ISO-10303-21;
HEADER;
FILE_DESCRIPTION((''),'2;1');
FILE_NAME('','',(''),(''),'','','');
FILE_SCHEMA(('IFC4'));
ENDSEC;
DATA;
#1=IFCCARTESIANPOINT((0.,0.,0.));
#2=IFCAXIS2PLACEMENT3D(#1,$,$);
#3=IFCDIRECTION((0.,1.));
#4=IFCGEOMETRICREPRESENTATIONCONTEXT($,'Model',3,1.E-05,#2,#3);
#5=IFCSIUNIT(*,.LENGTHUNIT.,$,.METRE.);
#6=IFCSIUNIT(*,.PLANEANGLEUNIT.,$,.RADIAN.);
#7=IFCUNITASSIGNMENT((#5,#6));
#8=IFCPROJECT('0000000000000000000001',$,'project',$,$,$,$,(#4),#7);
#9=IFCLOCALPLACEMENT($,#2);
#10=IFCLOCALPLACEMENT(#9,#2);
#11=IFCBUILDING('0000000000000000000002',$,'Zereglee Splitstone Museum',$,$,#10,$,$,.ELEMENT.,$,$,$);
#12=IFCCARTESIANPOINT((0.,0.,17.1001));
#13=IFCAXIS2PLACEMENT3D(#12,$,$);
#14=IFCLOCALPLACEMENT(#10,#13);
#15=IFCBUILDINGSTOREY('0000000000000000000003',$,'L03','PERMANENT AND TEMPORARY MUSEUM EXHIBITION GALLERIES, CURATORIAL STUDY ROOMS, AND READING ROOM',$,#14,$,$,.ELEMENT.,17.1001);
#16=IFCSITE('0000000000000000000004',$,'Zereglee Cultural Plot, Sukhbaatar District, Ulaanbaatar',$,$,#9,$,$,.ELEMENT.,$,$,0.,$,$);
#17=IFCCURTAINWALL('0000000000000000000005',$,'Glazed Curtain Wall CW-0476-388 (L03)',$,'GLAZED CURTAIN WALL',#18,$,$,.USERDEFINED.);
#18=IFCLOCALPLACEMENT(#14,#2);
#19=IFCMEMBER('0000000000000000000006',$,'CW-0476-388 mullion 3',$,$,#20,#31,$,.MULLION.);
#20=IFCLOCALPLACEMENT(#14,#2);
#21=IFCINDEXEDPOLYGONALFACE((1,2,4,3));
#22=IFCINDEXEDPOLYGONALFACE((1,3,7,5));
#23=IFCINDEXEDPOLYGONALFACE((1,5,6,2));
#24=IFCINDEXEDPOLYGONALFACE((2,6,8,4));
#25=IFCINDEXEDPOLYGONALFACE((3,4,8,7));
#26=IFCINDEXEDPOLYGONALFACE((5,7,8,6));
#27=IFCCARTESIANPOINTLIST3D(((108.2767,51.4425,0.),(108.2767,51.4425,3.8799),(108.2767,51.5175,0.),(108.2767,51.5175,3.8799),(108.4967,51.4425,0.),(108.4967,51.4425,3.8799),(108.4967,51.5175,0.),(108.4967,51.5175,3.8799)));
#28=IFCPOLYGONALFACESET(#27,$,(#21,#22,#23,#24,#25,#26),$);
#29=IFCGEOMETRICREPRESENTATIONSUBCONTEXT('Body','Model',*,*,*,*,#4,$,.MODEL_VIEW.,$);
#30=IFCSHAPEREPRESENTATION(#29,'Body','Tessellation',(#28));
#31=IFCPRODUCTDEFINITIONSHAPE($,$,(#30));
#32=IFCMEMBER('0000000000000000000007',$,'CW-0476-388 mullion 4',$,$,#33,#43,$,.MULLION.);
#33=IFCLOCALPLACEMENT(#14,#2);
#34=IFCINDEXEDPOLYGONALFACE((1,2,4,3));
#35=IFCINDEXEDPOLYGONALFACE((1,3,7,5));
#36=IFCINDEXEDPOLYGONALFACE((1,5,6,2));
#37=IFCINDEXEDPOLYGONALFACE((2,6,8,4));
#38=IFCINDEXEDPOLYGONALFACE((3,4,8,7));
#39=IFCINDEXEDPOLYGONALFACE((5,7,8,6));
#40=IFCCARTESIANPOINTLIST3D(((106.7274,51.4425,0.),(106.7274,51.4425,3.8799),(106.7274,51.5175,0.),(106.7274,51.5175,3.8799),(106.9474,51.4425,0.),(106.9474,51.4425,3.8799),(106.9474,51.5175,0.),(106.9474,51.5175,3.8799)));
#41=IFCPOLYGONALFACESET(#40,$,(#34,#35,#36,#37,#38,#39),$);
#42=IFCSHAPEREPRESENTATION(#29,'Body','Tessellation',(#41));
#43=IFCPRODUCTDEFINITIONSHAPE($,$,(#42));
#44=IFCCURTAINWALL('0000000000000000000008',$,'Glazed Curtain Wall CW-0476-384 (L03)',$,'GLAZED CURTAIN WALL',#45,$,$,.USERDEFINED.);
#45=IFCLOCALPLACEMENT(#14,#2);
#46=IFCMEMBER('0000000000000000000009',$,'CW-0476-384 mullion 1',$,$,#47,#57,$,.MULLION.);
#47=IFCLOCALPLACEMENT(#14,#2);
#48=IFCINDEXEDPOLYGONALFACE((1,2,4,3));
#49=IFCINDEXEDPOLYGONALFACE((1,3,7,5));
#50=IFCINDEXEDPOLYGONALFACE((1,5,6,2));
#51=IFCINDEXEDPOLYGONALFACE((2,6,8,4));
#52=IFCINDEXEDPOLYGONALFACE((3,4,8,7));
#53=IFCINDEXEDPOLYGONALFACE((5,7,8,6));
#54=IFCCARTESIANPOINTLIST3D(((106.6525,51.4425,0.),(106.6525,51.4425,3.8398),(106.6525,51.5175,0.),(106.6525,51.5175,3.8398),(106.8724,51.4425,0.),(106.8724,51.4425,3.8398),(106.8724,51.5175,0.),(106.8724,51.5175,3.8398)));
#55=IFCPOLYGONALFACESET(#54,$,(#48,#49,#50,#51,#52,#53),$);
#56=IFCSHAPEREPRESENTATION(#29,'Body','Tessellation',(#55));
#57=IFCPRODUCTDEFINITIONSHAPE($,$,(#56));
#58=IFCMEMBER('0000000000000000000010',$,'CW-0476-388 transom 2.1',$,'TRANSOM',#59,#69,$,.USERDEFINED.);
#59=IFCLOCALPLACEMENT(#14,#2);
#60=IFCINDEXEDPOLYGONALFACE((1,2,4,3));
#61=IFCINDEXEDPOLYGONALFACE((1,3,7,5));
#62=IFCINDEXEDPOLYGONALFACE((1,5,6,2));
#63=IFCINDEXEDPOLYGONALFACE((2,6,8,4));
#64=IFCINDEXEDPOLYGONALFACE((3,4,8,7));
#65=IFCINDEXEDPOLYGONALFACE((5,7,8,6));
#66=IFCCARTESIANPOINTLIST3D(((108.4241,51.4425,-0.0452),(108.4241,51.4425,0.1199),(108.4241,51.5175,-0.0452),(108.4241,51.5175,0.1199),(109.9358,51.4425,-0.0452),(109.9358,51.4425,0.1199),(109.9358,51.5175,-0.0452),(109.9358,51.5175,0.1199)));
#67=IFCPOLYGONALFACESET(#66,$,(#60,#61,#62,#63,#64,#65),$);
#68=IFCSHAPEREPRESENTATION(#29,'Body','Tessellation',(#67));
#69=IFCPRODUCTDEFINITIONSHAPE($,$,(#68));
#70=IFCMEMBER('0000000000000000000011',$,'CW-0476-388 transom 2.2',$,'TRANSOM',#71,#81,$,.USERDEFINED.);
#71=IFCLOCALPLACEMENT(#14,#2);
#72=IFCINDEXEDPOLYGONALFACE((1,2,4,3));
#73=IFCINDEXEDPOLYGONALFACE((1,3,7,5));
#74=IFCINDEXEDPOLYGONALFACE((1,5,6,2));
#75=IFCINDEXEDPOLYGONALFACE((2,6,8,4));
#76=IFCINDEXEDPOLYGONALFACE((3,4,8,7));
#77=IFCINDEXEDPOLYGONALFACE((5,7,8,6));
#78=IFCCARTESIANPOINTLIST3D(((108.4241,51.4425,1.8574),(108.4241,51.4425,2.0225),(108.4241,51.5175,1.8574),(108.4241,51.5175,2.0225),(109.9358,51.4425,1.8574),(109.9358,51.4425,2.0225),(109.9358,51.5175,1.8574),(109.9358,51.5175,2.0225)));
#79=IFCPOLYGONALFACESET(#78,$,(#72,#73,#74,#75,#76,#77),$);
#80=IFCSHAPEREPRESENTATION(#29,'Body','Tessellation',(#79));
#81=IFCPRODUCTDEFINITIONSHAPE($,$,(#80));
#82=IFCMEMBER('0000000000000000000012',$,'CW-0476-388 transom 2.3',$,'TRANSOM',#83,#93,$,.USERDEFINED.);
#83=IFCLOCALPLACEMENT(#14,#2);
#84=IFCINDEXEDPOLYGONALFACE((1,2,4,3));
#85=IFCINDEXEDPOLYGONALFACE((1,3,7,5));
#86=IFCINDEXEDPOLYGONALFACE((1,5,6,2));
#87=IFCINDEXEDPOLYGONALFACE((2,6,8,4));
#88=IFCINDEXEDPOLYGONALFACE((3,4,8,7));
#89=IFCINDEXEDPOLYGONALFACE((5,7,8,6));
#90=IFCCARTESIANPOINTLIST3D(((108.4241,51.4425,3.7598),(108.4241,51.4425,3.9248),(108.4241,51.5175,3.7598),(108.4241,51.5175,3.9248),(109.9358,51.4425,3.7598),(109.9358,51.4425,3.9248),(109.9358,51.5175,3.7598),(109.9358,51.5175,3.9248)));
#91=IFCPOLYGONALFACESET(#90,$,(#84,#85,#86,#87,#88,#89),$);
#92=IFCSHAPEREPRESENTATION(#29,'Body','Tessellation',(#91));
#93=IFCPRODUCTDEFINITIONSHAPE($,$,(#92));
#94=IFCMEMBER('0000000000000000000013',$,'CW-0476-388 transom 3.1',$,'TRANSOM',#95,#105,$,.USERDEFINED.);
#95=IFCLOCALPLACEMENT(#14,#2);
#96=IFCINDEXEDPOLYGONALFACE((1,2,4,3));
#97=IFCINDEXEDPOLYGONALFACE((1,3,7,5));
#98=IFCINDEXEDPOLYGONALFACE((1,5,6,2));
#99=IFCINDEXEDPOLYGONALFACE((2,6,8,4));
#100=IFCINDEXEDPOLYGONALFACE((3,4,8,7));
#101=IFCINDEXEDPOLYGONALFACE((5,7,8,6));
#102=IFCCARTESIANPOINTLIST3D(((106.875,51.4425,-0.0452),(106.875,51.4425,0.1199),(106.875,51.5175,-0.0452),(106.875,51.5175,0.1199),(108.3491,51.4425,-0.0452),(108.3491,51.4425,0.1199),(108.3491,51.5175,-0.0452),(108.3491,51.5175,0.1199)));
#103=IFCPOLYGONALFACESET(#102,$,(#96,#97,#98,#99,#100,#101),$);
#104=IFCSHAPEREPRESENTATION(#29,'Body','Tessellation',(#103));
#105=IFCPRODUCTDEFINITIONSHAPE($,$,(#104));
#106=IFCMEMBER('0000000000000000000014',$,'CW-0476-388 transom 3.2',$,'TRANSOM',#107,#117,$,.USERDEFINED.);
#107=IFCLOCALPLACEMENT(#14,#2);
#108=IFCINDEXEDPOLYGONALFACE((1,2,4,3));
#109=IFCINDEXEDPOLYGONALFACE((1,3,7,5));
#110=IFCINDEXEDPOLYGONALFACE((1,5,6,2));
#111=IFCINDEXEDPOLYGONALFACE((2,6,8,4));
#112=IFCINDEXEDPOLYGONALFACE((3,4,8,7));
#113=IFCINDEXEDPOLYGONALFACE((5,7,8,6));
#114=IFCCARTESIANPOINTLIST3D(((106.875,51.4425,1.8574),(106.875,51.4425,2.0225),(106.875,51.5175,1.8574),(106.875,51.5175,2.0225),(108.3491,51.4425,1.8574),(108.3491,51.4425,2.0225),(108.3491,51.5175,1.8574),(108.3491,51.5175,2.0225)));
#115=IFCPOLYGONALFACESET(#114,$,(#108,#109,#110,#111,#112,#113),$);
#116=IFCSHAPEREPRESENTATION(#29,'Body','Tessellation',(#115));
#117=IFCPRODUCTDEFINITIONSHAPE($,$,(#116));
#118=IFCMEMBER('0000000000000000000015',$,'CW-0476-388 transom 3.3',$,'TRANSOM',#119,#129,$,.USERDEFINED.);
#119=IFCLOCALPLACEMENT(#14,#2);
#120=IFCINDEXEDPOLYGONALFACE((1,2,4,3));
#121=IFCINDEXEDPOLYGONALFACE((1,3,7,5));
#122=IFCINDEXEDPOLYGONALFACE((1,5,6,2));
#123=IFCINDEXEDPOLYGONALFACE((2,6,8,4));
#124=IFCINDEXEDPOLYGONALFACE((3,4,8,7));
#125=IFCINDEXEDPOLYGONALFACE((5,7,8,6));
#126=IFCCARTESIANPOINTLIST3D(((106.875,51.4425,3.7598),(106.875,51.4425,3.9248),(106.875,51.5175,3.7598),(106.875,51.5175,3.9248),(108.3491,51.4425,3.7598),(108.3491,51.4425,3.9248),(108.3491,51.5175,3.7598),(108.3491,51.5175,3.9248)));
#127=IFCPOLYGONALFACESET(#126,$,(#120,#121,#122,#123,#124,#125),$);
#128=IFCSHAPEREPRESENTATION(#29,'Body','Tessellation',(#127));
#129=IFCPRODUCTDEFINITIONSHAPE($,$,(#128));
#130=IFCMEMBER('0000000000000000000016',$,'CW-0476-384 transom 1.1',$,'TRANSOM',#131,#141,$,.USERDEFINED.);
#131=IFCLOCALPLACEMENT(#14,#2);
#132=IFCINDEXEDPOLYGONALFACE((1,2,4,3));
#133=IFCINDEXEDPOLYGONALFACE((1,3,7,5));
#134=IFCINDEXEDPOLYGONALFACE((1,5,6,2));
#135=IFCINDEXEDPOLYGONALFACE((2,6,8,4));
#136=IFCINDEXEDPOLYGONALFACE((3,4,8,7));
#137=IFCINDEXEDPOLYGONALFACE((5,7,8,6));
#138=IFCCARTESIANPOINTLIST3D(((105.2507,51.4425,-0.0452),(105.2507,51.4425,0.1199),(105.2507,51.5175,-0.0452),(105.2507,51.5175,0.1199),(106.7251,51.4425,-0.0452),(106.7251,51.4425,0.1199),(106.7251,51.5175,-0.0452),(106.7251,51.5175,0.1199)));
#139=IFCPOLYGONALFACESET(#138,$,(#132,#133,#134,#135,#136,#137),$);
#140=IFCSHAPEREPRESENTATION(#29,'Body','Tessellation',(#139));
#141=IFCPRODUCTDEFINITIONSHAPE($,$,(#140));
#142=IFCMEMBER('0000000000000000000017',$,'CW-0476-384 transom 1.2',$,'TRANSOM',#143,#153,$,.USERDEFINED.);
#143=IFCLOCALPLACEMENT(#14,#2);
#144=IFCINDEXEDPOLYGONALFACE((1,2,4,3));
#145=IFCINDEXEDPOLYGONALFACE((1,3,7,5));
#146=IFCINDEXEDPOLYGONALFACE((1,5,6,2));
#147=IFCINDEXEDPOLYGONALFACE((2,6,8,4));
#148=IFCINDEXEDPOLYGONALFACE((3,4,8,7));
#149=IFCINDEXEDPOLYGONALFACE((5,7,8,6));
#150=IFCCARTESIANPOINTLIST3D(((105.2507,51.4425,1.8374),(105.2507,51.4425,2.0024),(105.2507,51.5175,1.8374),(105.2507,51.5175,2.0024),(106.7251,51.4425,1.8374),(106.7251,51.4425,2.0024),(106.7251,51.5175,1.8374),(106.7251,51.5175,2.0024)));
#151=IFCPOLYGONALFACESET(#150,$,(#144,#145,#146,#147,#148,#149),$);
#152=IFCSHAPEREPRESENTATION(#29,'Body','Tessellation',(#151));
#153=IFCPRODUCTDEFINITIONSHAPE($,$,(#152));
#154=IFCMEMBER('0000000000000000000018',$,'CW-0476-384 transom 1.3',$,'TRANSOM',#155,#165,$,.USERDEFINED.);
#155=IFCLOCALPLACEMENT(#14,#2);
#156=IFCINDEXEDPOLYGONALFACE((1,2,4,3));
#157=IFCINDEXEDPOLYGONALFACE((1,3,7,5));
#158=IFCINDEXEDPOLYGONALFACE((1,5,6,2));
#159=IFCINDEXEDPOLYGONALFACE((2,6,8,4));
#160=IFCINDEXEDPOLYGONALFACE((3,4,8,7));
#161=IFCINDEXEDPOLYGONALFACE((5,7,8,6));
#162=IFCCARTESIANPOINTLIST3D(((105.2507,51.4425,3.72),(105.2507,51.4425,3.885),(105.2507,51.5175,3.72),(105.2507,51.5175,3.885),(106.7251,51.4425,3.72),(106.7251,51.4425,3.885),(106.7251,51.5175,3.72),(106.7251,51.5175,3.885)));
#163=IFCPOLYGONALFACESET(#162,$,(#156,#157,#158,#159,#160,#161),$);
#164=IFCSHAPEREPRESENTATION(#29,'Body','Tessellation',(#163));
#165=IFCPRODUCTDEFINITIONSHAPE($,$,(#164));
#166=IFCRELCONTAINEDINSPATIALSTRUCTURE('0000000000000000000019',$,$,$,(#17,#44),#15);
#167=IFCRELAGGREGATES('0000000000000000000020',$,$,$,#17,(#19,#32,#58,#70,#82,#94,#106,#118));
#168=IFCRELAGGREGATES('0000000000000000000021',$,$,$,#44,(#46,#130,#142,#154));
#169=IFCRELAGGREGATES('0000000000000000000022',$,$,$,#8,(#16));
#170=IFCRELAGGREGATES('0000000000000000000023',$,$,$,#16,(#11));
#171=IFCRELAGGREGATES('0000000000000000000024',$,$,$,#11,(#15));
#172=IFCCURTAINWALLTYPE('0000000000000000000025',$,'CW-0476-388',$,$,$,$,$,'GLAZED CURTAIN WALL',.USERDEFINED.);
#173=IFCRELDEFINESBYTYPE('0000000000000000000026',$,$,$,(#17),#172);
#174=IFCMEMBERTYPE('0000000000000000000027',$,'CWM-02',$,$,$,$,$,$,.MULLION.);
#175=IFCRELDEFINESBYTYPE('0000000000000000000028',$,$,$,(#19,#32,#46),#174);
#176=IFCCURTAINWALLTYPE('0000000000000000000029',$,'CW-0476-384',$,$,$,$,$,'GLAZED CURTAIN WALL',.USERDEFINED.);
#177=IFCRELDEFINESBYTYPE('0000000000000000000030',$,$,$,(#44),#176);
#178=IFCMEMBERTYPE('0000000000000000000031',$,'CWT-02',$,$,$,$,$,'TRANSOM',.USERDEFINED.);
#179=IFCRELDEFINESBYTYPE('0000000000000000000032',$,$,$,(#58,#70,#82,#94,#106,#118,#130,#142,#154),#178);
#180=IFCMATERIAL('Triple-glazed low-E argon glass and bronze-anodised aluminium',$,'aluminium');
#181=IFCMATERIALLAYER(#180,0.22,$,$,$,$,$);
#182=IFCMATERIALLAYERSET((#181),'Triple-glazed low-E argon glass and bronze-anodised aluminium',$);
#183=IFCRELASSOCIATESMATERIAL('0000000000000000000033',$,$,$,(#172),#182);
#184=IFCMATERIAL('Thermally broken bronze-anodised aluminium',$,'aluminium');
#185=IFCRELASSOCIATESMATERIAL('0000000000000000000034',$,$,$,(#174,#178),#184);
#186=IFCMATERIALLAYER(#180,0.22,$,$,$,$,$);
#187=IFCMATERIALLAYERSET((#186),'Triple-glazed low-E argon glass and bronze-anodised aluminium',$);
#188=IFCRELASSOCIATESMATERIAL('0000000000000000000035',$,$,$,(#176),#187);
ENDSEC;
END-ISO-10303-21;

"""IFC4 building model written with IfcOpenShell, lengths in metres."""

from ifc_helpers import new_model, si_unit, direction, frame, origin, origin_2d, place, context, subcontext, project, spatial, rectangle, extrude, material, layer, layer_set, material_profile, profile_set, type_object, element, aggregate, save


model = new_model("IFC4")

# Units and contexts
model_context = context("Model", 3, precision=1e-05, world=origin(), true_north=direction((0.0, 1.0)))
body_context = subcontext(model_context, "Body", "Model", "MODEL_VIEW")
ifc_project = project(units=[si_unit("LENGTHUNIT", "METRE"), si_unit("PLANEANGLEUNIT", "RADIAN")], contexts=[model_context])

# Site, building, storey
site_placement = place(None, origin())
site = spatial("IfcSite", under=ifc_project, at=site_placement, Name="Zereglee Cultural Plot, Sukhbaatar District, Ulaanbaatar", CompositionType="ELEMENT", RefElevation=0.0)
building_placement = place(site_placement, origin())
building = spatial("IfcBuilding", under=site, at=building_placement, Name="Zereglee Splitstone Museum", CompositionType="ELEMENT")
storey_placement = place(building_placement, frame((0.0, 0.0, 17.1001)))
storey = spatial("IfcBuildingStorey", under=building, at=storey_placement, Name="L03", Description="PERMANENT AND TEMPORARY MUSEUM EXHIBITION GALLERIES, CURATORIAL STUDY ROOMS, AND READING ROOM", CompositionType="ELEMENT", Elevation=17.1001)

# Curtain wall, members
ifc_material_1 = material(Name="Triple-glazed low-E argon glass and bronze-anodised aluminium", Category="aluminium")
ifc_layer_1 = layer(ifc_material_1, 0.22)
ifc_layer_set_1 = layer_set([ifc_layer_1], Name="Triple-glazed low-E argon glass and bronze-anodised aluminium")
curtain_wall_type_1 = type_object("IfcCurtainWallType", Name="CW-0476-388", ElementType="GLAZED CURTAIN WALL", PredefinedType="USERDEFINED", material=ifc_layer_set_1)
curtain_wall_1_placement = place(storey_placement, origin())
curtain_wall_1 = element("IfcCurtainWall", 1, at=curtain_wall_1_placement, inside=storey, type_object=curtain_wall_type_1, Name="Glazed Curtain Wall CW-0476-388 (L03)", ObjectType="GLAZED CURTAIN WALL", PredefinedType="USERDEFINED")
ifc_material_2 = material(Name="Thermally broken bronze-anodised aluminium", Category="aluminium")
ifc_material_profile_1 = material_profile(ifc_material_2, rectangle(XDim=0.075, YDim=0.22, at=origin_2d()), Name="CW MULL 75x220")
ifc_profile_set_1 = profile_set([ifc_material_profile_1], Name="Thermally broken bronze-anodised aluminium")
member_type_1 = type_object("IfcMemberType", Name="CWM-02", PredefinedType="MULLION", material=ifc_profile_set_1)
member_1_placement = place(storey_placement, frame((108.3867, 51.48, 0.0), z_axis=(0.0, 0.0, 1.0), x_axis=(0.0, -1.0, 0.0)))
member_1 = element("IfcMember", 2, at=member_1_placement, type_object=member_type_1, Name="CW-0476-388 mullion 3", PredefinedType="MULLION", context=body_context, shape_type="SweptSolid", body=[
    extrude(rectangle(XDim=0.075, YDim=0.22, at=origin_2d()), origin(), (0.0, 0.0, 1.0), 3.8799),
])
member_2_placement = place(storey_placement, frame((106.8374, 51.48, 0.0), z_axis=(0.0, 0.0, 1.0), x_axis=(0.0, -1.0, 0.0)))
member_2 = element("IfcMember", 3, at=member_2_placement, type_object=member_type_1, Name="CW-0476-388 mullion 4", PredefinedType="MULLION", context=body_context, shape_type="SweptSolid", body=[
    extrude(rectangle(XDim=0.075, YDim=0.22, at=origin_2d()), origin(), (0.0, 0.0, 1.0), 3.8799),
])

# Curtain wall, member
ifc_layer_2 = layer(ifc_material_1, 0.22)
ifc_layer_set_2 = layer_set([ifc_layer_2], Name="Triple-glazed low-E argon glass and bronze-anodised aluminium")
curtain_wall_type_2 = type_object("IfcCurtainWallType", Name="CW-0476-384", ElementType="GLAZED CURTAIN WALL", PredefinedType="USERDEFINED", material=ifc_layer_set_2)
curtain_wall_2_placement = place(storey_placement, origin())
curtain_wall_2 = element("IfcCurtainWall", 4, at=curtain_wall_2_placement, inside=storey, type_object=curtain_wall_type_2, Name="Glazed Curtain Wall CW-0476-384 (L03)", ObjectType="GLAZED CURTAIN WALL", PredefinedType="USERDEFINED")
member_3_placement = place(storey_placement, frame((106.7625, 51.48, 0.0), z_axis=(0.0, 0.0, 1.0), x_axis=(0.0, -1.0, 0.0)))
member_3 = element("IfcMember", 5, at=member_3_placement, type_object=member_type_1, Name="CW-0476-384 mullion 1", PredefinedType="MULLION", context=body_context, shape_type="SweptSolid", body=[
    extrude(rectangle(XDim=0.075, YDim=0.22, at=origin_2d()), origin(), (0.0, 0.0, 1.0), 3.8398),
])

# Members
ifc_material_profile_2 = material_profile(ifc_material_2, rectangle(XDim=0.075, YDim=0.165, at=origin_2d()), Name="CW TRAN 75x165")
ifc_profile_set_2 = profile_set([ifc_material_profile_2], Name="Thermally broken bronze-anodised aluminium")
member_type_2 = type_object("IfcMemberType", Name="CWT-02", ElementType="TRANSOM", PredefinedType="USERDEFINED", material=ifc_profile_set_2)
member_4_placement = place(storey_placement, frame((109.9358, 51.48, 0.0374), z_axis=(-1.0, 0.0, 0.0), x_axis=(0.0, -1.0, 0.0)))
member_4 = element("IfcMember", 6, at=member_4_placement, type_object=member_type_2, Name="CW-0476-388 transom 2.1", ObjectType="TRANSOM", PredefinedType="USERDEFINED", context=body_context, shape_type="SweptSolid", body=[
    extrude(rectangle(XDim=0.075, YDim=0.165, at=origin_2d()), origin(), (0.0, 0.0, 1.0), 1.5117),
])
member_5_placement = place(storey_placement, frame((109.9358, 51.48, 1.9399), z_axis=(-1.0, 0.0, 0.0), x_axis=(0.0, -1.0, 0.0)))
member_5 = element("IfcMember", 7, at=member_5_placement, type_object=member_type_2, Name="CW-0476-388 transom 2.2", ObjectType="TRANSOM", PredefinedType="USERDEFINED", context=body_context, shape_type="SweptSolid", body=[
    extrude(rectangle(XDim=0.075, YDim=0.165, at=origin_2d()), origin(), (0.0, 0.0, 1.0), 1.5117),
])
member_6_placement = place(storey_placement, frame((109.9358, 51.48, 3.8423), z_axis=(-1.0, 0.0, 0.0), x_axis=(0.0, -1.0, 0.0)))
member_6 = element("IfcMember", 8, at=member_6_placement, type_object=member_type_2, Name="CW-0476-388 transom 2.3", ObjectType="TRANSOM", PredefinedType="USERDEFINED", context=body_context, shape_type="SweptSolid", body=[
    extrude(rectangle(XDim=0.075, YDim=0.165, at=origin_2d()), origin(), (0.0, 0.0, 1.0), 1.5117),
])
member_7_placement = place(storey_placement, frame((108.3491, 51.48, 0.0374), z_axis=(-1.0, 0.0, 0.0), x_axis=(0.0, -1.0, 0.0)))
member_7 = element("IfcMember", 9, at=member_7_placement, type_object=member_type_2, Name="CW-0476-388 transom 3.1", ObjectType="TRANSOM", PredefinedType="USERDEFINED", context=body_context, shape_type="SweptSolid", body=[
    extrude(rectangle(XDim=0.075, YDim=0.165, at=origin_2d()), origin(), (0.0, 0.0, 1.0), 1.4741),
])
member_8_placement = place(storey_placement, frame((108.3491, 51.48, 1.9399), z_axis=(-1.0, 0.0, 0.0), x_axis=(0.0, -1.0, 0.0)))
member_8 = element("IfcMember", 10, at=member_8_placement, type_object=member_type_2, Name="CW-0476-388 transom 3.2", ObjectType="TRANSOM", PredefinedType="USERDEFINED", context=body_context, shape_type="SweptSolid", body=[
    extrude(rectangle(XDim=0.075, YDim=0.165, at=origin_2d()), origin(), (0.0, 0.0, 1.0), 1.4741),
])
member_9_placement = place(storey_placement, frame((108.3491, 51.48, 3.8423), z_axis=(-1.0, 0.0, 0.0), x_axis=(0.0, -1.0, 0.0)))
member_9 = element("IfcMember", 11, at=member_9_placement, type_object=member_type_2, Name="CW-0476-388 transom 3.3", ObjectType="TRANSOM", PredefinedType="USERDEFINED", context=body_context, shape_type="SweptSolid", body=[
    extrude(rectangle(XDim=0.075, YDim=0.165, at=origin_2d()), origin(), (0.0, 0.0, 1.0), 1.4741),
])
member_10_placement = place(storey_placement, frame((106.7251, 51.48, 0.0374), z_axis=(-1.0, 0.0, 0.0), x_axis=(0.0, -1.0, 0.0)))
member_10 = element("IfcMember", 12, at=member_10_placement, type_object=member_type_2, Name="CW-0476-384 transom 1.1", ObjectType="TRANSOM", PredefinedType="USERDEFINED", context=body_context, shape_type="SweptSolid", body=[
    extrude(rectangle(XDim=0.075, YDim=0.165, at=origin_2d()), origin(), (0.0, 0.0, 1.0), 1.4744),
])
member_11_placement = place(storey_placement, frame((106.7251, 51.48, 1.9199), z_axis=(-1.0, 0.0, 0.0), x_axis=(0.0, -1.0, 0.0)))
member_11 = element("IfcMember", 13, at=member_11_placement, type_object=member_type_2, Name="CW-0476-384 transom 1.2", ObjectType="TRANSOM", PredefinedType="USERDEFINED", context=body_context, shape_type="SweptSolid", body=[
    extrude(rectangle(XDim=0.075, YDim=0.165, at=origin_2d()), origin(), (0.0, 0.0, 1.0), 1.4744),
])
member_12_placement = place(storey_placement, frame((106.7251, 51.48, 3.8025), z_axis=(-1.0, 0.0, 0.0), x_axis=(0.0, -1.0, 0.0)))
member_12 = element("IfcMember", 14, at=member_12_placement, type_object=member_type_2, Name="CW-0476-384 transom 1.3", ObjectType="TRANSOM", PredefinedType="USERDEFINED", context=body_context, shape_type="SweptSolid", body=[
    extrude(rectangle(XDim=0.075, YDim=0.165, at=origin_2d()), origin(), (0.0, 0.0, 1.0), 1.4744),
])

aggregate(curtain_wall_1, [member_1, member_2, member_4, member_5, member_6, member_7, member_8, member_9])
aggregate(curtain_wall_2, [member_3, member_10, member_11, member_12])

save(model, "model.ifc")
